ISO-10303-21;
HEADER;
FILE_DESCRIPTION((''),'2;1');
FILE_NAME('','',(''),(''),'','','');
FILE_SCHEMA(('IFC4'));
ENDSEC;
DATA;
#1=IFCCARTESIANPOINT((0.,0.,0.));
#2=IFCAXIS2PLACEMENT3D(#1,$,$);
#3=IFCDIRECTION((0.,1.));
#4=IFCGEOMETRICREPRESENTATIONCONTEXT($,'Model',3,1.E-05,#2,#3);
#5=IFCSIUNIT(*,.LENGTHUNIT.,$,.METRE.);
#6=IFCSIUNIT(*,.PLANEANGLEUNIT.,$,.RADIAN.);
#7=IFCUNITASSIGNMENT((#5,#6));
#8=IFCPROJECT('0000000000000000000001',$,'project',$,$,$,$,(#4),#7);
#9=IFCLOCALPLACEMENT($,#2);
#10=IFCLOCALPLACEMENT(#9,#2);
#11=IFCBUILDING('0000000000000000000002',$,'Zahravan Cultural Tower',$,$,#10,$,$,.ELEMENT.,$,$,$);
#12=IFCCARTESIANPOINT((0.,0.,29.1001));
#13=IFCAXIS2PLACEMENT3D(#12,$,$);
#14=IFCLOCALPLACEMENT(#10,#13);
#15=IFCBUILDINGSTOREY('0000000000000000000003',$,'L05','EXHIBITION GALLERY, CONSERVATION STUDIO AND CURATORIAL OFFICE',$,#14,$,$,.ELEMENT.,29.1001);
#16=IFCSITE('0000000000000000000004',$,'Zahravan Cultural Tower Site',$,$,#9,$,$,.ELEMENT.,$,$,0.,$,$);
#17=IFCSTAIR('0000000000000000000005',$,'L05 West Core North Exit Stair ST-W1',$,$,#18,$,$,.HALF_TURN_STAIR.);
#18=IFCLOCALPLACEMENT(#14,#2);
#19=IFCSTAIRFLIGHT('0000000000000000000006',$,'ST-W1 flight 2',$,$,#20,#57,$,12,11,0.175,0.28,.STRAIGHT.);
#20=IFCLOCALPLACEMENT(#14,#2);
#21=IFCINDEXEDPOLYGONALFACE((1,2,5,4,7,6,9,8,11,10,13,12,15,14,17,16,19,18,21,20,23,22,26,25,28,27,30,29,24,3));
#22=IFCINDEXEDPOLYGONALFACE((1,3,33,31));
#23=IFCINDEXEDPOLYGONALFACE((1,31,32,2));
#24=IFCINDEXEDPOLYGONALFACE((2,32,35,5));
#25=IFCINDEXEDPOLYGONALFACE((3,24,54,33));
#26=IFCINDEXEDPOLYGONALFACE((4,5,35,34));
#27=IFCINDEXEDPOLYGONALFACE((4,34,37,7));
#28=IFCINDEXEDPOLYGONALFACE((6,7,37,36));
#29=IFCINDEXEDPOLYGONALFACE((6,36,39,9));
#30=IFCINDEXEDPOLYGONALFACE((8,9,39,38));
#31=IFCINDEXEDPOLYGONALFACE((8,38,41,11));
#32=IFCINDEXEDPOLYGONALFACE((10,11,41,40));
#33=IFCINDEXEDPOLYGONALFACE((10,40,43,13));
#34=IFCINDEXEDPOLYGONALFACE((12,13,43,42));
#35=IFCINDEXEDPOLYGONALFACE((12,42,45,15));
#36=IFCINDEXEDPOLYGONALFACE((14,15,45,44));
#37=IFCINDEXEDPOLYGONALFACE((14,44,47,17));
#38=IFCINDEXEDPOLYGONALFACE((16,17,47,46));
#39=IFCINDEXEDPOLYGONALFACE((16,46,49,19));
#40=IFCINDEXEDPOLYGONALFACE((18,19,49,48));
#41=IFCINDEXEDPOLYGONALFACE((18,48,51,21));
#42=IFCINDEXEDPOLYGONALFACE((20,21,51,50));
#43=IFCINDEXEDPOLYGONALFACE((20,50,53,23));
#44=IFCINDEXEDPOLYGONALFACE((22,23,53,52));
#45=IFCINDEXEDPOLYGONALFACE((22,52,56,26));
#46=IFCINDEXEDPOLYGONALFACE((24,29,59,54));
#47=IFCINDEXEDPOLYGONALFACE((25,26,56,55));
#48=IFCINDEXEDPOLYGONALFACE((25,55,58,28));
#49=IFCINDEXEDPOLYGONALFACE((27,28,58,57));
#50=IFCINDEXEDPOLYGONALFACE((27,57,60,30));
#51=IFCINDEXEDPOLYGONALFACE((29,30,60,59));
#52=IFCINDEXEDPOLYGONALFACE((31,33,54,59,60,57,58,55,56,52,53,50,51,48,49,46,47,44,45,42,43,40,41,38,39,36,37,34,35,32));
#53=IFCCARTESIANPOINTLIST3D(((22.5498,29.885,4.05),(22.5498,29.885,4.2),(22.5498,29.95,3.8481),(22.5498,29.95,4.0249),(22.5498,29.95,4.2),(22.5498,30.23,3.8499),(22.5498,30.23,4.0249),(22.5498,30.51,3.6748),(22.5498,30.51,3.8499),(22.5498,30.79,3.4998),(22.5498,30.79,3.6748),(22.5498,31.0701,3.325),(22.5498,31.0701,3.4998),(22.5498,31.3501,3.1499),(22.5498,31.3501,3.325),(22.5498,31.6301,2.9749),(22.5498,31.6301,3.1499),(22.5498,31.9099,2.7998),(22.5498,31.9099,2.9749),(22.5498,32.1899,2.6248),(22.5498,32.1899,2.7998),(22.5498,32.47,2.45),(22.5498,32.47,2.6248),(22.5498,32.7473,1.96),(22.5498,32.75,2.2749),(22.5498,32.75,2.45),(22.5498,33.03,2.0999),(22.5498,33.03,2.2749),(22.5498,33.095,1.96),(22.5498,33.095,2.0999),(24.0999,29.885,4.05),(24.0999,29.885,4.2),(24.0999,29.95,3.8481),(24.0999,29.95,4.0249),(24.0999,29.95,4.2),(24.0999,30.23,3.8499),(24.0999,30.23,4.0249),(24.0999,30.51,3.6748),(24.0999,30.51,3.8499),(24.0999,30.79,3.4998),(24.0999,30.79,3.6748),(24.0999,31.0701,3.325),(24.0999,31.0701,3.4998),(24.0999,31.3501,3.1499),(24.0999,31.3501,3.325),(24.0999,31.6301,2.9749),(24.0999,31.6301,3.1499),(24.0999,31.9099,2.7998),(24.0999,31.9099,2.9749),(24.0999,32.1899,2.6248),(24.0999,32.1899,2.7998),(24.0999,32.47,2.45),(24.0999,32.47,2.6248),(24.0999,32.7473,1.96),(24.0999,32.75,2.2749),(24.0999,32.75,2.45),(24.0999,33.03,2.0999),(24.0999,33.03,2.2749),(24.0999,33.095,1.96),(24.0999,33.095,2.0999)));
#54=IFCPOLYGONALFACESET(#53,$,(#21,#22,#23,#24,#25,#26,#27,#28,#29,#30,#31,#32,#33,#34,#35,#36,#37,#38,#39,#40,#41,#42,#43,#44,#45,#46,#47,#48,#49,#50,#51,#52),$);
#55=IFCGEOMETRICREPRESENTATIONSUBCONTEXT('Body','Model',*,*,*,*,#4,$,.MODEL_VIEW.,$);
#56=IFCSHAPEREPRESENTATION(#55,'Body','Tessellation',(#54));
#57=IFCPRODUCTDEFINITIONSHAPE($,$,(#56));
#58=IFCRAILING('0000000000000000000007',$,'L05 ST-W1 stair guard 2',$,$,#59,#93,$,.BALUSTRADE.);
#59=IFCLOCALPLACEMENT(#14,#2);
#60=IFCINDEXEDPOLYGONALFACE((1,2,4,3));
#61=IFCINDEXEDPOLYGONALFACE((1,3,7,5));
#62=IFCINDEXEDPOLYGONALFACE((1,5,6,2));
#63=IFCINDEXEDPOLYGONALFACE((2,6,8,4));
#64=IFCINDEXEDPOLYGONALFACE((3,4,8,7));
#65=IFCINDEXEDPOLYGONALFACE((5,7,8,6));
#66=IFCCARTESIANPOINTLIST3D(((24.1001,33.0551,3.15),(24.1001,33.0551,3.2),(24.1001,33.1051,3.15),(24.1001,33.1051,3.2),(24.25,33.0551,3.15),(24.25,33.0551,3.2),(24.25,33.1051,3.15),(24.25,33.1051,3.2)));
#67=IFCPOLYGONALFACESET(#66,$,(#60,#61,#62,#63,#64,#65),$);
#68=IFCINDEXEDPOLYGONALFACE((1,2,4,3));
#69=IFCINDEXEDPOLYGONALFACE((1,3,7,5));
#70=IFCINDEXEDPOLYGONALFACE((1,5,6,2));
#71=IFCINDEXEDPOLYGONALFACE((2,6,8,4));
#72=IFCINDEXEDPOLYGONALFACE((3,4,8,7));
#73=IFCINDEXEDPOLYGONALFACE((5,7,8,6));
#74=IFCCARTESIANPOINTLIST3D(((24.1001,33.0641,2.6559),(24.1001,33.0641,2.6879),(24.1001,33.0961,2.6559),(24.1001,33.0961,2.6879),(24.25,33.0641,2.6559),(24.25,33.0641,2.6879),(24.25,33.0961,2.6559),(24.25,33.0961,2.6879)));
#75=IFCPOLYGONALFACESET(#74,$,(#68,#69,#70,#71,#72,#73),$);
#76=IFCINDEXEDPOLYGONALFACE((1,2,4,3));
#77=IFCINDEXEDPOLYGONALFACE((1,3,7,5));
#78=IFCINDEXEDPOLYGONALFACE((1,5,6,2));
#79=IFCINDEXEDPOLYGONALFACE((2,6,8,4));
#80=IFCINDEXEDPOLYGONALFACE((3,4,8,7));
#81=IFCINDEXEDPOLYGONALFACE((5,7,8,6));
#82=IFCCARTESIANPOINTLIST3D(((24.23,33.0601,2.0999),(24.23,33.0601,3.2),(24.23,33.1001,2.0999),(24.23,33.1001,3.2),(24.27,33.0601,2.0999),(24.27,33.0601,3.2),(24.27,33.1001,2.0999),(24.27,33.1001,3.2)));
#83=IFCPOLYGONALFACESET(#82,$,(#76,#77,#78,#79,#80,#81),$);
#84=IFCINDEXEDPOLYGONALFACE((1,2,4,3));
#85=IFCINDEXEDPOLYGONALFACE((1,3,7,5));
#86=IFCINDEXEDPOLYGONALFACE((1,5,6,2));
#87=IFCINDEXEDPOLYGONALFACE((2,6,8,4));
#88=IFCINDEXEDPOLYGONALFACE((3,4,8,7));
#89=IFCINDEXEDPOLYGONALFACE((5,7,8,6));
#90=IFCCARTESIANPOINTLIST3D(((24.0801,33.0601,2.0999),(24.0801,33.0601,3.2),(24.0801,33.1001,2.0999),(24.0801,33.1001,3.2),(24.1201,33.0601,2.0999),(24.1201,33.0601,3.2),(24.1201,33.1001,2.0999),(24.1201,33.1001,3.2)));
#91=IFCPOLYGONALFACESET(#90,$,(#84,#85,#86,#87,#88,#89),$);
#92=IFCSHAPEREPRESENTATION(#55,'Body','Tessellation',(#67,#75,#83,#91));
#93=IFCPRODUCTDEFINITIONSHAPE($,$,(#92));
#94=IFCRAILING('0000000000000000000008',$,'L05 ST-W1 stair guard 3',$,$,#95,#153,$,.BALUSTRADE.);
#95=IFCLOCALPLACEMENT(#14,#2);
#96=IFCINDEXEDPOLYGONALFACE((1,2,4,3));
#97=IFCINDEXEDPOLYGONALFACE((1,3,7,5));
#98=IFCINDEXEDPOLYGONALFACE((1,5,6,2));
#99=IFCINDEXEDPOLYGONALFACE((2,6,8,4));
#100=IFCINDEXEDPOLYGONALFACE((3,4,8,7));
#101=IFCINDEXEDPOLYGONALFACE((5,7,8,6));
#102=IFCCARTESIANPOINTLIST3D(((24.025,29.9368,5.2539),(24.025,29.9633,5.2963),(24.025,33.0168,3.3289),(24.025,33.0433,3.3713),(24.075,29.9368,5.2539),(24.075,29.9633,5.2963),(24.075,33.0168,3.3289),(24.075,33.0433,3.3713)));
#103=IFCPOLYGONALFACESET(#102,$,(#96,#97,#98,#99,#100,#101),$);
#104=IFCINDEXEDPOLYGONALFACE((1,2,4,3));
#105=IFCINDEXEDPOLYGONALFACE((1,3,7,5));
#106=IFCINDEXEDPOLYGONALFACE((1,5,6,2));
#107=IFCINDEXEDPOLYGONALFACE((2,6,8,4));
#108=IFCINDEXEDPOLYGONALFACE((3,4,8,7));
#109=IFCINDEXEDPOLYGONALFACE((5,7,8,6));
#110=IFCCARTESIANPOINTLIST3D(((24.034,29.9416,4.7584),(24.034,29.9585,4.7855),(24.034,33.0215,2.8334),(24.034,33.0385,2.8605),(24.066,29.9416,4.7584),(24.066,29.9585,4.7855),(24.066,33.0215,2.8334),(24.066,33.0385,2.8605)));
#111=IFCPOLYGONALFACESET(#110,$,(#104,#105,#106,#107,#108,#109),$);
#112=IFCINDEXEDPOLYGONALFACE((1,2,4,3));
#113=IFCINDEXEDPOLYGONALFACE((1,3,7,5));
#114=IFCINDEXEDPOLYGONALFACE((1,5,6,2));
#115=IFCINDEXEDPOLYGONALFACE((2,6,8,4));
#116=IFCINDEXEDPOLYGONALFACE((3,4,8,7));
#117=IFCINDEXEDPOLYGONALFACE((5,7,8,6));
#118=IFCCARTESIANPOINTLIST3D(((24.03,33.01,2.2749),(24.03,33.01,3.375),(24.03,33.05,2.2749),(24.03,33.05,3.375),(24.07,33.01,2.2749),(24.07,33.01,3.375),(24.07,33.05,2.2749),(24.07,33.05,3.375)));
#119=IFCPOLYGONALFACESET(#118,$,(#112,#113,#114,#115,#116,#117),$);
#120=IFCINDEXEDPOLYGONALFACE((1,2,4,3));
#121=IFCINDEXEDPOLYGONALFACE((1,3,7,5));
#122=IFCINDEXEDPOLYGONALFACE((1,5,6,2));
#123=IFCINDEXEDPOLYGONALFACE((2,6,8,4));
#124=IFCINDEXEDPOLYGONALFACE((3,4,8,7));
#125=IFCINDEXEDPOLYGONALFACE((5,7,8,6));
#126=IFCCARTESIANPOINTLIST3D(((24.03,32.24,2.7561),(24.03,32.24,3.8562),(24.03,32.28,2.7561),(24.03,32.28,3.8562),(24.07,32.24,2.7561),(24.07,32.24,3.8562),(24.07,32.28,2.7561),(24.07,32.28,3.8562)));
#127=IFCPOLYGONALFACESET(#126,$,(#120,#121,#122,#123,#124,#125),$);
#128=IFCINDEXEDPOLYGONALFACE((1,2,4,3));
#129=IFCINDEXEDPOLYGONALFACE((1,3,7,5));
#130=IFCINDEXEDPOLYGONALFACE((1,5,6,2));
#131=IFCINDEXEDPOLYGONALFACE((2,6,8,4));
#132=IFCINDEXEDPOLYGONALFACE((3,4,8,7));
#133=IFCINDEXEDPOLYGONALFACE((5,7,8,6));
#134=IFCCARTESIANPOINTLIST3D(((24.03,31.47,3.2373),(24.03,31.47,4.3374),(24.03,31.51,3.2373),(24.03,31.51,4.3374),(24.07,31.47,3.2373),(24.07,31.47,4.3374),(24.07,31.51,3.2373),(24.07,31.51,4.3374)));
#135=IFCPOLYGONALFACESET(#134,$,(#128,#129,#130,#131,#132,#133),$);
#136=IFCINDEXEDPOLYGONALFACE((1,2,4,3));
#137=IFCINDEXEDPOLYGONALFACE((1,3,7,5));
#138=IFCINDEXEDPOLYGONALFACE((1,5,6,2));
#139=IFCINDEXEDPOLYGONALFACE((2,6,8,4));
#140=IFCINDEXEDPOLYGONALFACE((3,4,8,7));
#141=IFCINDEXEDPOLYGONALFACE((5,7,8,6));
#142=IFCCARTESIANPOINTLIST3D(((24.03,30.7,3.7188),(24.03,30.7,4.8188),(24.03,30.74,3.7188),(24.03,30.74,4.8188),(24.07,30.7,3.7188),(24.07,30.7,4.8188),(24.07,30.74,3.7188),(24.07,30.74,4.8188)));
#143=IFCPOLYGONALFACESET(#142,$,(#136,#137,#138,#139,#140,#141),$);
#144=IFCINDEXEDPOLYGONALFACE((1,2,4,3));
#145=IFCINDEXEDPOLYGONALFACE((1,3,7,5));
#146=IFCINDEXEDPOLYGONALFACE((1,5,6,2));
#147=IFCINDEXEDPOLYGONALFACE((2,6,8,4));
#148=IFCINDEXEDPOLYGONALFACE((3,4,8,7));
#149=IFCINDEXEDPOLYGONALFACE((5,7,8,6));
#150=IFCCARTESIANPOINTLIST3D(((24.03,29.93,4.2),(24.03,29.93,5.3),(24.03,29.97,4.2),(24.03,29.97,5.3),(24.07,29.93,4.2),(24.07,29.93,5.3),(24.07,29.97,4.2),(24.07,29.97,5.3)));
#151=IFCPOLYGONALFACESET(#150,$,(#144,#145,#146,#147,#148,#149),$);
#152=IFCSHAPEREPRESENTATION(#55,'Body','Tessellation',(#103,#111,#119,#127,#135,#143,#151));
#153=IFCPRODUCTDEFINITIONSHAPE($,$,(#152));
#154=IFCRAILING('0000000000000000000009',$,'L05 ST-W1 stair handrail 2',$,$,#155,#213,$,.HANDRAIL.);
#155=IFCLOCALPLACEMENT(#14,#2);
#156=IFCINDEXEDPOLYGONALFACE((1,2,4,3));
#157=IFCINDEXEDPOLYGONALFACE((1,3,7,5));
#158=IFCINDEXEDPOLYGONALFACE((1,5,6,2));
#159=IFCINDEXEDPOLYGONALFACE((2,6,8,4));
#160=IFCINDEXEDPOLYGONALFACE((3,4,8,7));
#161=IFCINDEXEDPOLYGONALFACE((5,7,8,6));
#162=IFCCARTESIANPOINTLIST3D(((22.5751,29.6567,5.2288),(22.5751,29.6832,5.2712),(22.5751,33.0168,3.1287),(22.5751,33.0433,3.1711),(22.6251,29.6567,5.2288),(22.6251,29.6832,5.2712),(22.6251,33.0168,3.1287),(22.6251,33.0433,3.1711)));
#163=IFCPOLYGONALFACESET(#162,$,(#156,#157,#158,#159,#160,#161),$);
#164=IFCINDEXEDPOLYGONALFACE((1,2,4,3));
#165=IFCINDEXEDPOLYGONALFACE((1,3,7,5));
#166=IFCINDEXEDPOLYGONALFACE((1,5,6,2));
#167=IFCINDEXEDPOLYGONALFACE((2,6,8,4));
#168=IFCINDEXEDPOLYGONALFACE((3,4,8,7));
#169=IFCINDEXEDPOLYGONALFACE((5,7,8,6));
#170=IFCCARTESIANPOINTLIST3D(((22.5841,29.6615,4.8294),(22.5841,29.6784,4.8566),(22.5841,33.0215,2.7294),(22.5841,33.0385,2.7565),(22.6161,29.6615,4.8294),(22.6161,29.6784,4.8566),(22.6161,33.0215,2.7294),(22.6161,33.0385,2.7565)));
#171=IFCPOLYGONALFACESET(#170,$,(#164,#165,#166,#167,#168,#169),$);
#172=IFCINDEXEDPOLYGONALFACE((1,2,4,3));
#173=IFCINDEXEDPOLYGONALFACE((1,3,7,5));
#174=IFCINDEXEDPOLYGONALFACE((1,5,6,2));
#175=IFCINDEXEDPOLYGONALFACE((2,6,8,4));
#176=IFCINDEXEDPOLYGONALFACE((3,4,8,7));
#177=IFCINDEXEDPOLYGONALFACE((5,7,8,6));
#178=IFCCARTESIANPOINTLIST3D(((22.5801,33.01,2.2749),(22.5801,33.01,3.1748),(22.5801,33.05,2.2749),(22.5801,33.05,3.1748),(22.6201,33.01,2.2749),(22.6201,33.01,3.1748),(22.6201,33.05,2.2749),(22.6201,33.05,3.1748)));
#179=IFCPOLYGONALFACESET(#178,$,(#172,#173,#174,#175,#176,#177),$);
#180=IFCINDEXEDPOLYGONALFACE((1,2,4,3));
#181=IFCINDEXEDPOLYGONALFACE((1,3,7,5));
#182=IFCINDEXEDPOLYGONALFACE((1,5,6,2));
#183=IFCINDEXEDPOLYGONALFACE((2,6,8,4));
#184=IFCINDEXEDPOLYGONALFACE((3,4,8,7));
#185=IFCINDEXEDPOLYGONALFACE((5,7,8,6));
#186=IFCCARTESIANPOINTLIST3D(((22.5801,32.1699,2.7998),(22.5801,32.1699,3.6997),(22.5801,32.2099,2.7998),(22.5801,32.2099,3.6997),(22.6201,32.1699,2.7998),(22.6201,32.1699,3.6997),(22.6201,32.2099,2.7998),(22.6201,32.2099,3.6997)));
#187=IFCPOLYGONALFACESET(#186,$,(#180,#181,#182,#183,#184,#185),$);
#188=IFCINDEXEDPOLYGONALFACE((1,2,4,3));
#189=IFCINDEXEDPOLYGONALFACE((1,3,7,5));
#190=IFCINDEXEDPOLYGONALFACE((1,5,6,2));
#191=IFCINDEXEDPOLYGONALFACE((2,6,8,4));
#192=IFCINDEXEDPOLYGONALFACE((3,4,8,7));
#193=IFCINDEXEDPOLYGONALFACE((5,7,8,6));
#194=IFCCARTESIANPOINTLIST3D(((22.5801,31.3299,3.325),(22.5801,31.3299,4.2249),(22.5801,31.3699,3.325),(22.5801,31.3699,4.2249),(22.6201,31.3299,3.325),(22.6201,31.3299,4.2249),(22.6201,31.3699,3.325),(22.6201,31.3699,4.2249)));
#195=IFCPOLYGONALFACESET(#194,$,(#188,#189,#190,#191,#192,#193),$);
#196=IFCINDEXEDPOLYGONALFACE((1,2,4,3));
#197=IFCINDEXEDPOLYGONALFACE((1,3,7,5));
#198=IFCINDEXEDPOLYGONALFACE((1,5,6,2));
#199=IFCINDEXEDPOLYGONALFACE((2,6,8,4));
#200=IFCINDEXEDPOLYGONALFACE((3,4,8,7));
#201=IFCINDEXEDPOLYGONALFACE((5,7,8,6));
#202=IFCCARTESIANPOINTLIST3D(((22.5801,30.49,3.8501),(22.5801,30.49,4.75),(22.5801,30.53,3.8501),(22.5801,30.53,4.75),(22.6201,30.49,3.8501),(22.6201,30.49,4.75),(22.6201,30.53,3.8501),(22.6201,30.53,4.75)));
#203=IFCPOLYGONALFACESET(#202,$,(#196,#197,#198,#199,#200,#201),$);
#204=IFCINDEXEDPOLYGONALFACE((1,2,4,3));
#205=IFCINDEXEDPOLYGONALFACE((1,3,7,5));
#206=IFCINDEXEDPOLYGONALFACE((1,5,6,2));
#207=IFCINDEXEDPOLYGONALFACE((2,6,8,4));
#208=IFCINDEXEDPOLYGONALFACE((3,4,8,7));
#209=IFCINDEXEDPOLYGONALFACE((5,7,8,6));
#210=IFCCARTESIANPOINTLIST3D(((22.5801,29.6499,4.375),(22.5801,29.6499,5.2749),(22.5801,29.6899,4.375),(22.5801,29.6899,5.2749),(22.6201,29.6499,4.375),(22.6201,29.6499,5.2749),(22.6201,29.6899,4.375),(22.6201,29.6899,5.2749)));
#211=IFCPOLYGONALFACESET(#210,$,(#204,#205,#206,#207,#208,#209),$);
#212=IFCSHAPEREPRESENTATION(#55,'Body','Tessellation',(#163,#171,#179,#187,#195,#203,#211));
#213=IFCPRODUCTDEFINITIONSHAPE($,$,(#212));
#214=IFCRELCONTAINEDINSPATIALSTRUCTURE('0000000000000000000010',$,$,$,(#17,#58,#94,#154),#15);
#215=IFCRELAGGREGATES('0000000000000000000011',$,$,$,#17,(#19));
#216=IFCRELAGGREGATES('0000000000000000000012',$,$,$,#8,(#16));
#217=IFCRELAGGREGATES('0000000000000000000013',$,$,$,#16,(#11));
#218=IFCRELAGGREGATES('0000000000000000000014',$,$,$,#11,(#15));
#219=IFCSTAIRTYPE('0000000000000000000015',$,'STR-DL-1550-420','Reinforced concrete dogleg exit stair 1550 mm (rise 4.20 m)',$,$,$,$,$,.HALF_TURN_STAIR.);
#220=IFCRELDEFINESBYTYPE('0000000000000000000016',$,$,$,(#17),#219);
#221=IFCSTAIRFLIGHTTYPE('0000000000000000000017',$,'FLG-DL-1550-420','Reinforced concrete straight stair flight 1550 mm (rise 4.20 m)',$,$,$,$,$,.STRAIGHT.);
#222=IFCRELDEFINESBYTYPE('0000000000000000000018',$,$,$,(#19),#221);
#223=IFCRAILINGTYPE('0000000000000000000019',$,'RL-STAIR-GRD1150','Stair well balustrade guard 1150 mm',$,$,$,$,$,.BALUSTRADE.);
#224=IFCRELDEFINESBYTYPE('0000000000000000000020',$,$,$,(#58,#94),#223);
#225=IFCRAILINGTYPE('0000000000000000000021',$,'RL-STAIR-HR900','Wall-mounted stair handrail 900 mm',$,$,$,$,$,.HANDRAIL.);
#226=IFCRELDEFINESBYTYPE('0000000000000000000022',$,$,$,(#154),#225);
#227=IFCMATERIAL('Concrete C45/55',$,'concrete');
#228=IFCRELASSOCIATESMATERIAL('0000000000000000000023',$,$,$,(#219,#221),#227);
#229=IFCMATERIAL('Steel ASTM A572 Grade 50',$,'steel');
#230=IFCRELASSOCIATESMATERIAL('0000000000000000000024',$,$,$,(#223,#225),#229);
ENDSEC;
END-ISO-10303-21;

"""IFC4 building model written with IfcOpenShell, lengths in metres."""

from ifc_helpers import new_model, si_unit, direction, frame, origin, origin_2d, place, context, subcontext, project, spatial, polyline, rectangle, outline, extrude, material, type_object, element, aggregate, save


model = new_model("IFC4")

# Units and contexts
model_context = context("Model", 3, precision=1e-05, world=origin(), true_north=direction((0.0, 1.0)))
body_context = subcontext(model_context, "Body", "Model", "MODEL_VIEW")
ifc_project = project(units=[si_unit("LENGTHUNIT", "METRE"), si_unit("PLANEANGLEUNIT", "RADIAN")], contexts=[model_context])

# Site, building, storey
site_placement = place(None, origin())
site = spatial("IfcSite", under=ifc_project, at=site_placement, Name="Zahravan Cultural Tower Site", CompositionType="ELEMENT", RefElevation=0.0)
building_placement = place(site_placement, origin())
building = spatial("IfcBuilding", under=site, at=building_placement, Name="Zahravan Cultural Tower", CompositionType="ELEMENT")
storey_placement = place(building_placement, frame((0.0, 0.0, 29.1001)))
storey = spatial("IfcBuildingStorey", under=building, at=storey_placement, Name="L05", Description="EXHIBITION GALLERY, CONSERVATION STUDIO AND CURATORIAL OFFICE", CompositionType="ELEMENT", Elevation=29.1001)

# Shared definitions
ifc_material_1 = material(Name="Steel ASTM A572 Grade 50", Category="steel")

# Shared definitions
ifc_material_2 = material(Name="Concrete C45/55", Category="concrete")

# Stair, stair flight
stair_type = type_object("IfcStairType", Name="STR-DL-1550-420", Description="Reinforced concrete dogleg exit stair 1550 mm (rise 4.20 m)", PredefinedType="HALF_TURN_STAIR", material=ifc_material_2)
stair_placement = place(storey_placement, origin())
stair = element("IfcStair", 1, at=stair_placement, inside=storey, type_object=stair_type, Name="L05 West Core North Exit Stair ST-W1", PredefinedType="HALF_TURN_STAIR")
stair_flight_type = type_object("IfcStairFlightType", Name="FLG-DL-1550-420", Description="Reinforced concrete straight stair flight 1550 mm (rise 4.20 m)", PredefinedType="STRAIGHT", material=ifc_material_2)
stair_flight_placement = place(storey_placement, frame((23.325, 33.03, 2.0999), z_axis=(0.0, 0.0, 1.0), x_axis=(0.0, -1.0, 0.0)))
stair_flight = element("IfcStairFlight", 2, at=stair_flight_placement, type_object=stair_flight_type, Name="ST-W1 flight 2", NumberOfRisers=12, NumberOfTreads=11, PredefinedType="STRAIGHT", RiserHeight=0.175, TreadLength=0.28, context=body_context, shape_type="SweptSolid", body=[
    extrude(outline(polyline([(-0.0649, -0.1399), (-0.0649, 0.0), (0.0, 0.0), (0.0, 0.175), (0.28, 0.175), (0.28, 0.3501), (0.5601, 0.3501), (0.5601, 0.5249), (0.8401, 0.5249), (0.8401, 0.7), (1.1201, 0.7), (1.1201, 0.875), (1.3999, 0.875), (1.3999, 1.05), (1.6799, 1.05), (1.6799, 1.2251), (1.96, 1.2251), (1.96, 1.3999), (2.24, 1.3999), (2.24, 1.575), (2.52, 1.575), (2.52, 1.75), (2.8, 1.75), (2.8, 1.925), (3.0801, 1.925), (3.0801, 2.1001), (3.145, 2.1001), (3.145, 1.9502), (3.0801, 1.7483), (0.2827, -0.1399), (-0.0649, -0.1399)])), frame((0.0, 0.7749, 0.0), z_axis=(0.0, -1.0, 0.0), x_axis=(1.0, 0.0, 0.0)), (0.0, 0.0, 1.0), 1.55),
])
aggregate(stair, [stair_flight])

# Railings
railing_type_1 = type_object("IfcRailingType", Name="RL-STAIR-GRD1150", Description="Stair well balustrade guard 1150 mm", PredefinedType="BALUSTRADE", material=ifc_material_1)
railing_1_placement = place(storey_placement, frame((24.25, 33.0801, 2.0999)))
element("IfcRailing", 3, at=railing_1_placement, inside=storey, type_object=railing_type_1, Name="L05 ST-W1 stair guard 2", PredefinedType="BALUSTRADE", context=body_context, shape_type="SweptSolid", body=[
    extrude(rectangle(XDim=0.05, YDim=0.05, at=origin_2d()), frame((0.0, 0.0, 1.0752), z_axis=(-1.0, 0.0, 0.0), x_axis=(0.0, -1.0, 0.0)), (0.0, 0.0, 1.0), 0.1499),
    extrude(rectangle(XDim=0.032, YDim=0.032, at=origin_2d()), frame((0.0, 0.0, 0.572), z_axis=(-1.0, 0.0, 0.0), x_axis=(0.0, -1.0, 0.0)), (0.0, 0.0, 1.0), 0.1499),
    extrude(rectangle(XDim=0.04, YDim=0.04, at=origin_2d()), origin(), (0.0, 0.0, 1.0), 1.1001),
    extrude(rectangle(XDim=0.04, YDim=0.04, at=origin_2d()), frame((-0.1499, 0.0, 0.0)), (0.0, 0.0, 1.0), 1.1001),
])
railing_2_placement = place(storey_placement, frame((24.05, 33.03, 2.2749)))
element("IfcRailing", 4, at=railing_2_placement, inside=storey, type_object=railing_type_1, Name="L05 ST-W1 stair guard 3", PredefinedType="BALUSTRADE", context=body_context, shape_type="SweptSolid", body=[
    extrude(rectangle(XDim=0.05, YDim=0.05, at=origin_2d()), frame((0.0, 0.0, 1.0752), z_axis=(0.0, -0.847998, 0.529999), x_axis=(1.0, 0.0, 0.0)), (0.0, 0.0, 1.0), 3.6321),
    extrude(rectangle(XDim=0.032, YDim=0.032, at=origin_2d()), frame((0.0, 0.0, 0.572), z_axis=(0.0, -0.847998, 0.529999), x_axis=(1.0, 0.0, 0.0)), (0.0, 0.0, 1.0), 3.6321),
    extrude(rectangle(XDim=0.04, YDim=0.04, at=origin_2d()), origin(), (0.0, 0.0, 1.0), 1.1001),
    extrude(rectangle(XDim=0.04, YDim=0.04, at=origin_2d()), frame((0.0, -0.77, 0.4812)), (0.0, 0.0, 1.0), 1.1001),
    extrude(rectangle(XDim=0.04, YDim=0.04, at=origin_2d()), frame((0.0, -1.54, 0.9624)), (0.0, 0.0, 1.0), 1.1001),
    extrude(rectangle(XDim=0.04, YDim=0.04, at=origin_2d()), frame((0.0, -2.3101, 1.4438)), (0.0, 0.0, 1.0), 1.1001),
    extrude(rectangle(XDim=0.04, YDim=0.04, at=origin_2d()), frame((0.0, -3.0801, 1.925)), (0.0, 0.0, 1.0), 1.1001),
])
railing_type_2 = type_object("IfcRailingType", Name="RL-STAIR-HR900", Description="Wall-mounted stair handrail 900 mm", PredefinedType="HANDRAIL", material=ifc_material_1)
railing_3_placement = place(storey_placement, frame((22.6001, 33.03, 2.2749)))
element("IfcRailing", 5, at=railing_3_placement, inside=storey, type_object=railing_type_2, Name="L05 ST-W1 stair handrail 2", PredefinedType="HANDRAIL", context=body_context, shape_type="SweptSolid", body=[
    extrude(rectangle(XDim=0.05, YDim=0.05, at=origin_2d()), frame((0.0, 0.0, 0.875), z_axis=(0.0, -0.847995, 0.530004), x_axis=(1.0, 0.0, 0.0)), (0.0, 0.0, 1.0), 3.9624),
    extrude(rectangle(XDim=0.032, YDim=0.032, at=origin_2d()), frame((0.0, 0.0, 0.468), z_axis=(0.0, -0.847995, 0.530004), x_axis=(1.0, 0.0, 0.0)), (0.0, 0.0, 1.0), 3.9624),
    extrude(rectangle(XDim=0.04, YDim=0.04, at=origin_2d()), origin(), (0.0, 0.0, 1.0), 0.8999),
    extrude(rectangle(XDim=0.04, YDim=0.04, at=origin_2d()), frame((0.0, -0.8401, 0.5249)), (0.0, 0.0, 1.0), 0.8999),
    extrude(rectangle(XDim=0.04, YDim=0.04, at=origin_2d()), frame((0.0, -1.6802, 1.05)), (0.0, 0.0, 1.0), 0.8999),
    extrude(rectangle(XDim=0.04, YDim=0.04, at=origin_2d()), frame((0.0, -2.52, 1.5752)), (0.0, 0.0, 1.0), 0.8999),
    extrude(rectangle(XDim=0.04, YDim=0.04, at=origin_2d()), frame((0.0, -3.3601, 2.1001)), (0.0, 0.0, 1.0), 0.8999),
])

save(model, "model.ifc")
